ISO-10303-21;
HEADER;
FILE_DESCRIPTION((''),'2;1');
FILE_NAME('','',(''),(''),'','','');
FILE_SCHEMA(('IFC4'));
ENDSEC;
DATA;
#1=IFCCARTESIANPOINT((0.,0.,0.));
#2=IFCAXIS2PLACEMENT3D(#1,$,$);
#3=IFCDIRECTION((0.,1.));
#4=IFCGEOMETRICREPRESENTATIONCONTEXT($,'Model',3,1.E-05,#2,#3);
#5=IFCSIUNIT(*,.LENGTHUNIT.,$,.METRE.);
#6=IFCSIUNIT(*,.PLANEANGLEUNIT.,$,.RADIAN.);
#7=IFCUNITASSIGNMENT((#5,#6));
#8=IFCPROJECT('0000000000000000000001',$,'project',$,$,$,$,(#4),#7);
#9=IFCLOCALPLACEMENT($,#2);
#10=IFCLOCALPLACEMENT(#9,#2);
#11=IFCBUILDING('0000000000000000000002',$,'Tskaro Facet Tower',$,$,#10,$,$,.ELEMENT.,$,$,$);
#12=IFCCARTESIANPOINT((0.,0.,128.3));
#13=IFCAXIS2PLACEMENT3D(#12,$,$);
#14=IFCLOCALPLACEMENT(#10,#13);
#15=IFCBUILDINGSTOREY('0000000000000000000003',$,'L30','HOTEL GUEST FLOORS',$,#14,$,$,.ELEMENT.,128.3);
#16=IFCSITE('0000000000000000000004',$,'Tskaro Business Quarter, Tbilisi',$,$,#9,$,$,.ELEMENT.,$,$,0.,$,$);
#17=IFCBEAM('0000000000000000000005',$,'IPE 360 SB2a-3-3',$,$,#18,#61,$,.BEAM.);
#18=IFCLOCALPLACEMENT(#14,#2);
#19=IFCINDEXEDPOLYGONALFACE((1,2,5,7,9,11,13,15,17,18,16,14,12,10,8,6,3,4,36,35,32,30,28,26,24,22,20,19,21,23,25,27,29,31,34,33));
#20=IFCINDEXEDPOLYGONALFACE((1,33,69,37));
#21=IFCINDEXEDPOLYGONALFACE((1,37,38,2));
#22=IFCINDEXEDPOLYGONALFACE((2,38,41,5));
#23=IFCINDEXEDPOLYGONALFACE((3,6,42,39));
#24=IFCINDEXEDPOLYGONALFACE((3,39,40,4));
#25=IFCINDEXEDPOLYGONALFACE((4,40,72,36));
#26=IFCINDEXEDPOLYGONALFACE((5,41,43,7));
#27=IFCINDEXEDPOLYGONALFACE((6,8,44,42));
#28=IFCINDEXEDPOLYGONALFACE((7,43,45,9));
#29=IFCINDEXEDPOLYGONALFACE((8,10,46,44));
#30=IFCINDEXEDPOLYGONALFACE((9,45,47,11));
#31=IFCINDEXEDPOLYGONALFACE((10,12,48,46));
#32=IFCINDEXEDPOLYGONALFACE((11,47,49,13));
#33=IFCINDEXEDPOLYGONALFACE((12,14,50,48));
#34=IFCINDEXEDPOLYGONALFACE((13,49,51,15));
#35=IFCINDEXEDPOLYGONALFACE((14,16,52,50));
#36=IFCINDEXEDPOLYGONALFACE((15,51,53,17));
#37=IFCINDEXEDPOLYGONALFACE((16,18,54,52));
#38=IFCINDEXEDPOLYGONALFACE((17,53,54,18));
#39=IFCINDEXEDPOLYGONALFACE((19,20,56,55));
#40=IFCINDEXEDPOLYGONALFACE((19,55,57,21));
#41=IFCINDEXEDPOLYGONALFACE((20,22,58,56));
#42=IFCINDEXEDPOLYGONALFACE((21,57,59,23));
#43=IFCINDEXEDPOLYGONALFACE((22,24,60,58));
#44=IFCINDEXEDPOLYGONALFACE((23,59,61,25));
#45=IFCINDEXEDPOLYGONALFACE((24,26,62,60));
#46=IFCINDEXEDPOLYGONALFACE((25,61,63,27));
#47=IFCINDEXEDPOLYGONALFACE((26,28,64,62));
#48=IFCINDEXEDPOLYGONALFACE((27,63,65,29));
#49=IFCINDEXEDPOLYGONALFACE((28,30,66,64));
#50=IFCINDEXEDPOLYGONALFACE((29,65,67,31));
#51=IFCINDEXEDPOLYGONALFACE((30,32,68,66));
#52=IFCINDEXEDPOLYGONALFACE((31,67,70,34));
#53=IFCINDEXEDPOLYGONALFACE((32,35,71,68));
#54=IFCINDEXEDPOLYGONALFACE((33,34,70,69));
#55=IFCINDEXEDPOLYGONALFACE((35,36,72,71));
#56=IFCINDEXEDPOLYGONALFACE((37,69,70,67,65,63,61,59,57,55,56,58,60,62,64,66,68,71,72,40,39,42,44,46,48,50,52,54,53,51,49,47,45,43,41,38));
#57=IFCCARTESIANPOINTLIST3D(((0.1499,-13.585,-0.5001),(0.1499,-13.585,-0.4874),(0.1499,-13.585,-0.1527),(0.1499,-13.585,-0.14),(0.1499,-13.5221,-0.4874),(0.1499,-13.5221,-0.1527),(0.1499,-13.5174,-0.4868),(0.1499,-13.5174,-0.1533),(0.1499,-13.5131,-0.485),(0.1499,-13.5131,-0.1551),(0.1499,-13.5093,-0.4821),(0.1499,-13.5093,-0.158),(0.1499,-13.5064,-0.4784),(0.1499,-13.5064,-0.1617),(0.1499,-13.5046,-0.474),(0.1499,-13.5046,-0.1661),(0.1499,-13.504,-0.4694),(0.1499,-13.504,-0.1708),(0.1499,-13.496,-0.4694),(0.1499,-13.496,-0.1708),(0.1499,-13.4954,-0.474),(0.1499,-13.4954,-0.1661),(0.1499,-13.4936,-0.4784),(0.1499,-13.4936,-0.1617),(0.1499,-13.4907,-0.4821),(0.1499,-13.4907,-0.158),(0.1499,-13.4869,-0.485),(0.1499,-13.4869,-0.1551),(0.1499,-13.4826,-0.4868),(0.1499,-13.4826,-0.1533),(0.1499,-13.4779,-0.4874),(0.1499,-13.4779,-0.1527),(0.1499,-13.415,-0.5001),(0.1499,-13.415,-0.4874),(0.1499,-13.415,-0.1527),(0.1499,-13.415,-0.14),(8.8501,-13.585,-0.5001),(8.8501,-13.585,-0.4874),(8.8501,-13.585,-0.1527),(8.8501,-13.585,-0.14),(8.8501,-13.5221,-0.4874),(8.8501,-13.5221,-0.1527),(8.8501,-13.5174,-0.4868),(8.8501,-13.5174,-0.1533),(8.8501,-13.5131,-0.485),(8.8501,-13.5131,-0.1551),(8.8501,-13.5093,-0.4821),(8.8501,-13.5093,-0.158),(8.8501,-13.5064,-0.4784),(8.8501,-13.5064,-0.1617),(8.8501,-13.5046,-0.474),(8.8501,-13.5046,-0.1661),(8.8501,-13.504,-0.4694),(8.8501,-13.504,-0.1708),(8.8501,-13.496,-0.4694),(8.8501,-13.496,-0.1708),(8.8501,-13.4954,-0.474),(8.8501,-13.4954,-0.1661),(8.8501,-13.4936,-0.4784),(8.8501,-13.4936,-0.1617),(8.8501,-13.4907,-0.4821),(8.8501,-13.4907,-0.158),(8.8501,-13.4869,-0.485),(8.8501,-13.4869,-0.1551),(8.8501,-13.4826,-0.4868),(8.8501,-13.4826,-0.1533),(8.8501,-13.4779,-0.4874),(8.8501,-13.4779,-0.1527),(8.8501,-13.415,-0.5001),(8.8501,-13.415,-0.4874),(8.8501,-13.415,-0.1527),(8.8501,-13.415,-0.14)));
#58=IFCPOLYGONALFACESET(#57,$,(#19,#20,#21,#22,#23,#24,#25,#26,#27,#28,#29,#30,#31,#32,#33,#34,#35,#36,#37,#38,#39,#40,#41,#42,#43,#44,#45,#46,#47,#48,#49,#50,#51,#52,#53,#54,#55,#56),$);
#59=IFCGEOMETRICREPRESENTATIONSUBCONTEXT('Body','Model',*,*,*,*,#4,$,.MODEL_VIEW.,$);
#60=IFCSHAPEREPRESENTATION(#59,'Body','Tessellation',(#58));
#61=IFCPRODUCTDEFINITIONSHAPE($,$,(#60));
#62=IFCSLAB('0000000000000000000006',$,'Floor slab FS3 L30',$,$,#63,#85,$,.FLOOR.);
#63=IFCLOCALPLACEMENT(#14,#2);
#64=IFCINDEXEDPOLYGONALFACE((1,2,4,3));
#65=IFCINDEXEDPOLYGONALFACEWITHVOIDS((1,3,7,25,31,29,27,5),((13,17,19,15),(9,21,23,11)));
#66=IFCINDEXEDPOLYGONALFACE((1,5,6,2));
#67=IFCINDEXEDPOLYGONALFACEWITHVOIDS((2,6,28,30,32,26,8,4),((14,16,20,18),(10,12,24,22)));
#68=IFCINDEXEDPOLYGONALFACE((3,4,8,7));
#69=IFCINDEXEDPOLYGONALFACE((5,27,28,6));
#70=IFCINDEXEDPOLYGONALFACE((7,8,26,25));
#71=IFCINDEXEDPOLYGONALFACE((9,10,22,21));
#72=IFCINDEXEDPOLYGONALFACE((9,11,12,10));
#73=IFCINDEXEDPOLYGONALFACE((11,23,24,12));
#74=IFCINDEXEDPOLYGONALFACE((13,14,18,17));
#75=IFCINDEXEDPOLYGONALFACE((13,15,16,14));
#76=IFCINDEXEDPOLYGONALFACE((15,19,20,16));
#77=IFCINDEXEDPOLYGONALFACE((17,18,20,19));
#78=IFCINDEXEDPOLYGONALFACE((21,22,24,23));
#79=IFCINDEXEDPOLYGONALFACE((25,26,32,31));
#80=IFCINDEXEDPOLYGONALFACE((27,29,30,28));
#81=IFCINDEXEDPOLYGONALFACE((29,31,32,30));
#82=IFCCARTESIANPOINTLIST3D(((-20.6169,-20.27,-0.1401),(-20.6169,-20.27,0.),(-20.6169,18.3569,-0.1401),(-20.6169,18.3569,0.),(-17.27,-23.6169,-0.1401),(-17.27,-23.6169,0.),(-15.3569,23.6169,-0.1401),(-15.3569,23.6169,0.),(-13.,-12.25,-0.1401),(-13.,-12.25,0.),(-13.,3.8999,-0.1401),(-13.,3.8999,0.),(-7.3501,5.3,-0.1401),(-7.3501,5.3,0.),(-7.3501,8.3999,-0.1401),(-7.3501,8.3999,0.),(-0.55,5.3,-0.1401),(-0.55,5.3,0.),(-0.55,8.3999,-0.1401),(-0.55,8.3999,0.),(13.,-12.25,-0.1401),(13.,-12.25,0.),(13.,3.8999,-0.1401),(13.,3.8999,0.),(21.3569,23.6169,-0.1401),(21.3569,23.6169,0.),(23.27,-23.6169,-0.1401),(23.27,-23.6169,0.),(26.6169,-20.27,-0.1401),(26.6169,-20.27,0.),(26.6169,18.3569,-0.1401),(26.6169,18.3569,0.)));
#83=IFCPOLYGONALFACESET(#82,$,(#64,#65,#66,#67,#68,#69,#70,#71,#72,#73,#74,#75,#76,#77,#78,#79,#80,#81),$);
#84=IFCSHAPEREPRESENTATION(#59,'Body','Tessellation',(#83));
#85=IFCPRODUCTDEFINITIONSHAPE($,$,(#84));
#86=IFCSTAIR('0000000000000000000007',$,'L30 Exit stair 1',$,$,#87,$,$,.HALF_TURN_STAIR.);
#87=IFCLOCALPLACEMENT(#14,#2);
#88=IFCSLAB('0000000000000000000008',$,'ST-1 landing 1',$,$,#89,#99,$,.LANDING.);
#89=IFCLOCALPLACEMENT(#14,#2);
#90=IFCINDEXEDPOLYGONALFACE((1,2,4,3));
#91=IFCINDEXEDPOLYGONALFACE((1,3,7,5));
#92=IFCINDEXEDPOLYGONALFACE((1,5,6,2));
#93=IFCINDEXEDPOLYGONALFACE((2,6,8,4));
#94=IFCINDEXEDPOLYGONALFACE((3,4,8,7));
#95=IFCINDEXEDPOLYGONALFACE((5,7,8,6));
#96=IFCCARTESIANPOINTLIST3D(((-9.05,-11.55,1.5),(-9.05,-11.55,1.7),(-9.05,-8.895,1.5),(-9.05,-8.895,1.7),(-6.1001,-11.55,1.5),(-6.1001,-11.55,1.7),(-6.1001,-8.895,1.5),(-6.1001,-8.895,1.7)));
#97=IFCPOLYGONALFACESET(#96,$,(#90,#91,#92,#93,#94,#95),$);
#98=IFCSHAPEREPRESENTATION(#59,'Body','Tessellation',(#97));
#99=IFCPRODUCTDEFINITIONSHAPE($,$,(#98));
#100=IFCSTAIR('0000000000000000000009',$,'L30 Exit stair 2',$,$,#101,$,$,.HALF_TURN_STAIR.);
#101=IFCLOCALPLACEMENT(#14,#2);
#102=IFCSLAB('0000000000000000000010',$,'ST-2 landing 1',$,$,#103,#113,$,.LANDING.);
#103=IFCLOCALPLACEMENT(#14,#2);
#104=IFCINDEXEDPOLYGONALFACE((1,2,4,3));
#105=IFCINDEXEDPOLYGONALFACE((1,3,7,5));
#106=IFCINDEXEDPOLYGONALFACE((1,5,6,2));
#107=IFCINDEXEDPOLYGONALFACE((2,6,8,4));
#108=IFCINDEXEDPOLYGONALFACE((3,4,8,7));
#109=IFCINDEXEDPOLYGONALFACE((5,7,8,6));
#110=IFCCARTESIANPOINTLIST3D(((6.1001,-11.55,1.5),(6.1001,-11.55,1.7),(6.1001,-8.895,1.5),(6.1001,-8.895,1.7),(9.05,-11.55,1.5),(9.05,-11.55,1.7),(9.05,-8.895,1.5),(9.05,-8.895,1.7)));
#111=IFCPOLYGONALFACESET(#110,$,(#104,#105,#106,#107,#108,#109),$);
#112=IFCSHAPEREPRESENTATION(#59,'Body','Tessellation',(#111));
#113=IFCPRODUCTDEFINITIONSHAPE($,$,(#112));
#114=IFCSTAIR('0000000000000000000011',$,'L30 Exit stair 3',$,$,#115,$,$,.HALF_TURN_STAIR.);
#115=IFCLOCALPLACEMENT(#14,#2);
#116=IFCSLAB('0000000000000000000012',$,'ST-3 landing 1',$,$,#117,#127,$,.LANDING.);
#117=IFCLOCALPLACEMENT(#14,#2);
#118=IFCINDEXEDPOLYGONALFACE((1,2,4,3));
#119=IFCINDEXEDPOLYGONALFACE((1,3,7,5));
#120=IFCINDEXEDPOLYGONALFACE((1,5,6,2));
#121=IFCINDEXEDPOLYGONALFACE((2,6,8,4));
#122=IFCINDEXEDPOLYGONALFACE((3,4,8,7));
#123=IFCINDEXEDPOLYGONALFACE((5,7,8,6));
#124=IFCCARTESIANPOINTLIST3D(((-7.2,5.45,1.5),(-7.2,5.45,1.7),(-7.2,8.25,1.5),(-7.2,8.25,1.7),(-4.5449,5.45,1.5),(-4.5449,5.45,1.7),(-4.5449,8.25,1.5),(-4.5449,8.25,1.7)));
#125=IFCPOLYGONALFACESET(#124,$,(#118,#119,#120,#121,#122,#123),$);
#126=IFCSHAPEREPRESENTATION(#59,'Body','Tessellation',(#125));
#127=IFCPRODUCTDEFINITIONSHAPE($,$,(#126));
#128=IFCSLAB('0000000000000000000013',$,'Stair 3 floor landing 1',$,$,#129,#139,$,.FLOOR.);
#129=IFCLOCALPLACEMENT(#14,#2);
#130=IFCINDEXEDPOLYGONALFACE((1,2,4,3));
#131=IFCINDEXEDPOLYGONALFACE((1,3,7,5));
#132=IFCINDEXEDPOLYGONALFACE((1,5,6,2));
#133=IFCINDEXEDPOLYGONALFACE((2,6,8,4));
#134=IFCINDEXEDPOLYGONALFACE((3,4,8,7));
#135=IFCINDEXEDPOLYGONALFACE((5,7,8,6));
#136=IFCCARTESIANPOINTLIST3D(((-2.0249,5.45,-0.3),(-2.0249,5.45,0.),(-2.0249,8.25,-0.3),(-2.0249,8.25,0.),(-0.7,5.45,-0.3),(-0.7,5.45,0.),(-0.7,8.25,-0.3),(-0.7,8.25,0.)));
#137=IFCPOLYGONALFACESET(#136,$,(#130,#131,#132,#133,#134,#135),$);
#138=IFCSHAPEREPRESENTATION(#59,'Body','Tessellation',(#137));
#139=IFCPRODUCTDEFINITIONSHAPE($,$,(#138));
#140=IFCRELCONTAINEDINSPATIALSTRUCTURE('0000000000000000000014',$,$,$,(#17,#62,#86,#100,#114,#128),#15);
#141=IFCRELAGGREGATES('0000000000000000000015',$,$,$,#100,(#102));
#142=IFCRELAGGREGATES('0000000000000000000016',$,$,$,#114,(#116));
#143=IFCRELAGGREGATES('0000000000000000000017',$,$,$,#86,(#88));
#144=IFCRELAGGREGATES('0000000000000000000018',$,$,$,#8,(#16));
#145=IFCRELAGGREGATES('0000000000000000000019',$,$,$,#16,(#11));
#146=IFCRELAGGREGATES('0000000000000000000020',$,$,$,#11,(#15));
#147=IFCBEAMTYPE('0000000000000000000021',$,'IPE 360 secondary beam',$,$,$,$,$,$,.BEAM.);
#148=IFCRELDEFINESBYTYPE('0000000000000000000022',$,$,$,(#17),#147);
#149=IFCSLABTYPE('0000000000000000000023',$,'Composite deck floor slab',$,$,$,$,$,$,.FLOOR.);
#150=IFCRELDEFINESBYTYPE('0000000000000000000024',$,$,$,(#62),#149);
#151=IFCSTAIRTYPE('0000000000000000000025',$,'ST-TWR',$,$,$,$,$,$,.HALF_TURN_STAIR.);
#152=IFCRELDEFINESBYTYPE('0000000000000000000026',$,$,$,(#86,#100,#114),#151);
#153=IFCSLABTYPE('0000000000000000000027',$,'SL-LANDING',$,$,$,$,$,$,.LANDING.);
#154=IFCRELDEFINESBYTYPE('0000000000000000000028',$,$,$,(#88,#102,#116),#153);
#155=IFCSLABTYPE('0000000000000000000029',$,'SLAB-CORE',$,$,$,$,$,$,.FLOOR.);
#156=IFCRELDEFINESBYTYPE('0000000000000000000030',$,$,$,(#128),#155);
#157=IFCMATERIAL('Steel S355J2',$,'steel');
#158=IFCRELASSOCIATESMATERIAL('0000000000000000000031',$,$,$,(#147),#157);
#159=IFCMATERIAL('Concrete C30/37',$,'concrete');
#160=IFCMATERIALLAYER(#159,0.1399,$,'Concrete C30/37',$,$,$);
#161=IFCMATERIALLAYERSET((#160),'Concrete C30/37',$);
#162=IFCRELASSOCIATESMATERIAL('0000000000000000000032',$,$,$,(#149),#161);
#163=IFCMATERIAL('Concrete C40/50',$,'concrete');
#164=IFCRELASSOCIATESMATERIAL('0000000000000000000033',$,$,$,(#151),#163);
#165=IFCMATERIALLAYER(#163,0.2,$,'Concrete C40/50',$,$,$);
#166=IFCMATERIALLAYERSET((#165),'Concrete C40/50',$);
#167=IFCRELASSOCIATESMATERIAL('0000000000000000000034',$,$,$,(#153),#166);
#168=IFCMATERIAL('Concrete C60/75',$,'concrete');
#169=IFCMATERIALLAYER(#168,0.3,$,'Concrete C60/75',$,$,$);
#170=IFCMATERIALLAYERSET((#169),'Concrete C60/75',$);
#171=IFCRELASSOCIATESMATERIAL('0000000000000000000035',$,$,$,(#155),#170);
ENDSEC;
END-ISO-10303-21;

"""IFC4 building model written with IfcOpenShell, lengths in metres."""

from ifc_helpers import new_model, si_unit, direction, frame, origin, origin_2d, place, context, subcontext, project, spatial, polyline, i_section, outline, extrude, material, layer, layer_set, material_profile, profile_set, type_object, element, aggregate, save


model = new_model("IFC4")

# Units and contexts
model_context = context("Model", 3, precision=1e-05, world=origin(), true_north=direction((0.0, 1.0)))
body_context = subcontext(model_context, "Body", "Model", "MODEL_VIEW")
ifc_project = project(units=[si_unit("LENGTHUNIT", "METRE"), si_unit("PLANEANGLEUNIT", "RADIAN")], contexts=[model_context])

# Site, building, storey
site_placement = place(None, origin())
site = spatial("IfcSite", under=ifc_project, at=site_placement, Name="Tskaro Business Quarter, Tbilisi", CompositionType="ELEMENT", RefElevation=0.0)
building_placement = place(site_placement, origin())
building = spatial("IfcBuilding", under=site, at=building_placement, Name="Tskaro Facet Tower", CompositionType="ELEMENT")
storey_placement = place(building_placement, frame((0.0, 0.0, 128.3)))
storey = spatial("IfcBuildingStorey", under=building, at=storey_placement, Name="L30", Description="HOTEL GUEST FLOORS", CompositionType="ELEMENT", Elevation=128.3)

# Beam
ifc_material_1 = material(Name="Steel S355J2", Category="steel")
ifc_material_profile = material_profile(ifc_material_1, i_section(OverallWidth=0.1699, OverallDepth=0.3601, WebThickness=0.0081, FlangeThickness=0.0127, FilletRadius=0.0181, at=origin_2d()), Name="IPE 360")
ifc_profile_set = profile_set([ifc_material_profile], Name="Steel S355J2")
beam_type = type_object("IfcBeamType", Name="IPE 360 secondary beam", PredefinedType="BEAM", material=ifc_profile_set)
beam_placement = place(storey_placement, frame((0.1499, -13.5, -0.3201), z_axis=(1.0, 0.0, 0.0), x_axis=(0.0, 1.0, 0.0)))
element("IfcBeam", 1, at=beam_placement, inside=storey, type_object=beam_type, Name="IPE 360 SB2a-3-3", PredefinedType="BEAM", context=body_context, shape_type="SweptSolid", body=[
    extrude(i_section(OverallWidth=0.1699, OverallDepth=0.3601, WebThickness=0.0081, FlangeThickness=0.0127, FilletRadius=0.0181, at=origin_2d()), origin(), (0.0, 0.0, 1.0), 8.7002),
])

# Slab
ifc_material_2 = material(Name="Concrete C30/37", Category="concrete")
ifc_layer_1 = layer(ifc_material_2, 0.1399, Name="Concrete C30/37")
ifc_layer_set_1 = layer_set([ifc_layer_1], Name="Concrete C30/37")
slab_type_1 = type_object("IfcSlabType", Name="Composite deck floor slab", PredefinedType="FLOOR", material=ifc_layer_set_1)
slab_1_placement = place(storey_placement, frame((0.0, 0.0, -0.1401)))
element("IfcSlab", 2, at=slab_1_placement, inside=storey, type_object=slab_type_1, Name="Floor slab FS3 L30", PredefinedType="FLOOR", context=body_context, shape_type="SweptSolid", body=[
    extrude(outline(polyline([(-17.27, -23.6169), (23.27, -23.6169), (26.6169, -20.27), (26.6169, 18.3569), (21.3569, 23.6169), (-15.3569, 23.6169), (-20.6169, 18.3569), (-20.6169, -20.27), (-17.27, -23.6169)]), holes=[polyline([(-13.0, -12.25), (13.0, -12.25), (13.0, 3.8999), (-13.0, 3.8999), (-13.0, -12.25)]), polyline([(-7.3501, 5.3), (-0.55, 5.3), (-0.55, 8.3999), (-7.3501, 8.3999), (-7.3501, 5.3)])]), origin(), (0.0, 0.0, 1.0), 0.1401),
])

# Stairs, slabs
ifc_material_3 = material(Name="Concrete C40/50", Category="concrete")
stair_type = type_object("IfcStairType", Name="ST-TWR", PredefinedType="HALF_TURN_STAIR", material=ifc_material_3)
stair_1_placement = place(storey_placement, origin())
stair_1 = element("IfcStair", 3, at=stair_1_placement, inside=storey, type_object=stair_type, Name="L30 Exit stair 1", PredefinedType="HALF_TURN_STAIR")
ifc_layer_2 = layer(ifc_material_3, 0.2, Name="Concrete C40/50")
ifc_layer_set_2 = layer_set([ifc_layer_2], Name="Concrete C40/50")
slab_type_2 = type_object("IfcSlabType", Name="SL-LANDING", PredefinedType="LANDING", material=ifc_layer_set_2)
slab_2_placement = place(storey_placement, frame((0.0, 0.0, 1.5)))
slab_2 = element("IfcSlab", 4, at=slab_2_placement, type_object=slab_type_2, Name="ST-1 landing 1", PredefinedType="LANDING", context=body_context, shape_type="SweptSolid", body=[
    extrude(outline(polyline([(-9.05, -11.55), (-6.1001, -11.55), (-6.1001, -8.895), (-9.05, -8.895), (-9.05, -11.55)])), origin(), (0.0, 0.0, 1.0), 0.2),
])
stair_2_placement = place(storey_placement, origin())
stair_2 = element("IfcStair", 5, at=stair_2_placement, inside=storey, type_object=stair_type, Name="L30 Exit stair 2", PredefinedType="HALF_TURN_STAIR")
slab_3_placement = place(storey_placement, frame((0.0, 0.0, 1.5)))
slab_3 = element("IfcSlab", 6, at=slab_3_placement, type_object=slab_type_2, Name="ST-2 landing 1", PredefinedType="LANDING", context=body_context, shape_type="SweptSolid", body=[
    extrude(outline(polyline([(6.1001, -11.55), (9.05, -11.55), (9.05, -8.895), (6.1001, -8.895), (6.1001, -11.55)])), origin(), (0.0, 0.0, 1.0), 0.2),
])
aggregate(stair_2, [slab_3])
stair_3_placement = place(storey_placement, origin())
stair_3 = element("IfcStair", 7, at=stair_3_placement, inside=storey, type_object=stair_type, Name="L30 Exit stair 3", PredefinedType="HALF_TURN_STAIR")
slab_4_placement = place(storey_placement, frame((0.0, 0.0, 1.5)))
slab_4 = element("IfcSlab", 8, at=slab_4_placement, type_object=slab_type_2, Name="ST-3 landing 1", PredefinedType="LANDING", context=body_context, shape_type="SweptSolid", body=[
    extrude(outline(polyline([(-7.2, 5.45), (-4.5449, 5.45), (-4.5449, 8.25), (-7.2, 8.25), (-7.2, 5.45)])), origin(), (0.0, 0.0, 1.0), 0.2),
])
aggregate(stair_3, [slab_4])

# Slab
ifc_material_4 = material(Name="Concrete C60/75", Category="concrete")
ifc_layer_3 = layer(ifc_material_4, 0.3, Name="Concrete C60/75")
ifc_layer_set_3 = layer_set([ifc_layer_3], Name="Concrete C60/75")
slab_type_3 = type_object("IfcSlabType", Name="SLAB-CORE", PredefinedType="FLOOR", material=ifc_layer_set_3)
slab_5_placement = place(storey_placement, frame((0.0, 0.0, -0.3)))
element("IfcSlab", 9, at=slab_5_placement, inside=storey, type_object=slab_type_3, Name="Stair 3 floor landing 1", PredefinedType="FLOOR", context=body_context, shape_type="SweptSolid", body=[
    extrude(outline(polyline([(-2.0249, 5.45), (-0.7, 5.45), (-0.7, 8.25), (-2.0249, 8.25), (-2.0249, 5.45)])), origin(), (0.0, 0.0, 1.0), 0.3),
])

aggregate(stair_1, [slab_2])

save(model, "model.ifc")
